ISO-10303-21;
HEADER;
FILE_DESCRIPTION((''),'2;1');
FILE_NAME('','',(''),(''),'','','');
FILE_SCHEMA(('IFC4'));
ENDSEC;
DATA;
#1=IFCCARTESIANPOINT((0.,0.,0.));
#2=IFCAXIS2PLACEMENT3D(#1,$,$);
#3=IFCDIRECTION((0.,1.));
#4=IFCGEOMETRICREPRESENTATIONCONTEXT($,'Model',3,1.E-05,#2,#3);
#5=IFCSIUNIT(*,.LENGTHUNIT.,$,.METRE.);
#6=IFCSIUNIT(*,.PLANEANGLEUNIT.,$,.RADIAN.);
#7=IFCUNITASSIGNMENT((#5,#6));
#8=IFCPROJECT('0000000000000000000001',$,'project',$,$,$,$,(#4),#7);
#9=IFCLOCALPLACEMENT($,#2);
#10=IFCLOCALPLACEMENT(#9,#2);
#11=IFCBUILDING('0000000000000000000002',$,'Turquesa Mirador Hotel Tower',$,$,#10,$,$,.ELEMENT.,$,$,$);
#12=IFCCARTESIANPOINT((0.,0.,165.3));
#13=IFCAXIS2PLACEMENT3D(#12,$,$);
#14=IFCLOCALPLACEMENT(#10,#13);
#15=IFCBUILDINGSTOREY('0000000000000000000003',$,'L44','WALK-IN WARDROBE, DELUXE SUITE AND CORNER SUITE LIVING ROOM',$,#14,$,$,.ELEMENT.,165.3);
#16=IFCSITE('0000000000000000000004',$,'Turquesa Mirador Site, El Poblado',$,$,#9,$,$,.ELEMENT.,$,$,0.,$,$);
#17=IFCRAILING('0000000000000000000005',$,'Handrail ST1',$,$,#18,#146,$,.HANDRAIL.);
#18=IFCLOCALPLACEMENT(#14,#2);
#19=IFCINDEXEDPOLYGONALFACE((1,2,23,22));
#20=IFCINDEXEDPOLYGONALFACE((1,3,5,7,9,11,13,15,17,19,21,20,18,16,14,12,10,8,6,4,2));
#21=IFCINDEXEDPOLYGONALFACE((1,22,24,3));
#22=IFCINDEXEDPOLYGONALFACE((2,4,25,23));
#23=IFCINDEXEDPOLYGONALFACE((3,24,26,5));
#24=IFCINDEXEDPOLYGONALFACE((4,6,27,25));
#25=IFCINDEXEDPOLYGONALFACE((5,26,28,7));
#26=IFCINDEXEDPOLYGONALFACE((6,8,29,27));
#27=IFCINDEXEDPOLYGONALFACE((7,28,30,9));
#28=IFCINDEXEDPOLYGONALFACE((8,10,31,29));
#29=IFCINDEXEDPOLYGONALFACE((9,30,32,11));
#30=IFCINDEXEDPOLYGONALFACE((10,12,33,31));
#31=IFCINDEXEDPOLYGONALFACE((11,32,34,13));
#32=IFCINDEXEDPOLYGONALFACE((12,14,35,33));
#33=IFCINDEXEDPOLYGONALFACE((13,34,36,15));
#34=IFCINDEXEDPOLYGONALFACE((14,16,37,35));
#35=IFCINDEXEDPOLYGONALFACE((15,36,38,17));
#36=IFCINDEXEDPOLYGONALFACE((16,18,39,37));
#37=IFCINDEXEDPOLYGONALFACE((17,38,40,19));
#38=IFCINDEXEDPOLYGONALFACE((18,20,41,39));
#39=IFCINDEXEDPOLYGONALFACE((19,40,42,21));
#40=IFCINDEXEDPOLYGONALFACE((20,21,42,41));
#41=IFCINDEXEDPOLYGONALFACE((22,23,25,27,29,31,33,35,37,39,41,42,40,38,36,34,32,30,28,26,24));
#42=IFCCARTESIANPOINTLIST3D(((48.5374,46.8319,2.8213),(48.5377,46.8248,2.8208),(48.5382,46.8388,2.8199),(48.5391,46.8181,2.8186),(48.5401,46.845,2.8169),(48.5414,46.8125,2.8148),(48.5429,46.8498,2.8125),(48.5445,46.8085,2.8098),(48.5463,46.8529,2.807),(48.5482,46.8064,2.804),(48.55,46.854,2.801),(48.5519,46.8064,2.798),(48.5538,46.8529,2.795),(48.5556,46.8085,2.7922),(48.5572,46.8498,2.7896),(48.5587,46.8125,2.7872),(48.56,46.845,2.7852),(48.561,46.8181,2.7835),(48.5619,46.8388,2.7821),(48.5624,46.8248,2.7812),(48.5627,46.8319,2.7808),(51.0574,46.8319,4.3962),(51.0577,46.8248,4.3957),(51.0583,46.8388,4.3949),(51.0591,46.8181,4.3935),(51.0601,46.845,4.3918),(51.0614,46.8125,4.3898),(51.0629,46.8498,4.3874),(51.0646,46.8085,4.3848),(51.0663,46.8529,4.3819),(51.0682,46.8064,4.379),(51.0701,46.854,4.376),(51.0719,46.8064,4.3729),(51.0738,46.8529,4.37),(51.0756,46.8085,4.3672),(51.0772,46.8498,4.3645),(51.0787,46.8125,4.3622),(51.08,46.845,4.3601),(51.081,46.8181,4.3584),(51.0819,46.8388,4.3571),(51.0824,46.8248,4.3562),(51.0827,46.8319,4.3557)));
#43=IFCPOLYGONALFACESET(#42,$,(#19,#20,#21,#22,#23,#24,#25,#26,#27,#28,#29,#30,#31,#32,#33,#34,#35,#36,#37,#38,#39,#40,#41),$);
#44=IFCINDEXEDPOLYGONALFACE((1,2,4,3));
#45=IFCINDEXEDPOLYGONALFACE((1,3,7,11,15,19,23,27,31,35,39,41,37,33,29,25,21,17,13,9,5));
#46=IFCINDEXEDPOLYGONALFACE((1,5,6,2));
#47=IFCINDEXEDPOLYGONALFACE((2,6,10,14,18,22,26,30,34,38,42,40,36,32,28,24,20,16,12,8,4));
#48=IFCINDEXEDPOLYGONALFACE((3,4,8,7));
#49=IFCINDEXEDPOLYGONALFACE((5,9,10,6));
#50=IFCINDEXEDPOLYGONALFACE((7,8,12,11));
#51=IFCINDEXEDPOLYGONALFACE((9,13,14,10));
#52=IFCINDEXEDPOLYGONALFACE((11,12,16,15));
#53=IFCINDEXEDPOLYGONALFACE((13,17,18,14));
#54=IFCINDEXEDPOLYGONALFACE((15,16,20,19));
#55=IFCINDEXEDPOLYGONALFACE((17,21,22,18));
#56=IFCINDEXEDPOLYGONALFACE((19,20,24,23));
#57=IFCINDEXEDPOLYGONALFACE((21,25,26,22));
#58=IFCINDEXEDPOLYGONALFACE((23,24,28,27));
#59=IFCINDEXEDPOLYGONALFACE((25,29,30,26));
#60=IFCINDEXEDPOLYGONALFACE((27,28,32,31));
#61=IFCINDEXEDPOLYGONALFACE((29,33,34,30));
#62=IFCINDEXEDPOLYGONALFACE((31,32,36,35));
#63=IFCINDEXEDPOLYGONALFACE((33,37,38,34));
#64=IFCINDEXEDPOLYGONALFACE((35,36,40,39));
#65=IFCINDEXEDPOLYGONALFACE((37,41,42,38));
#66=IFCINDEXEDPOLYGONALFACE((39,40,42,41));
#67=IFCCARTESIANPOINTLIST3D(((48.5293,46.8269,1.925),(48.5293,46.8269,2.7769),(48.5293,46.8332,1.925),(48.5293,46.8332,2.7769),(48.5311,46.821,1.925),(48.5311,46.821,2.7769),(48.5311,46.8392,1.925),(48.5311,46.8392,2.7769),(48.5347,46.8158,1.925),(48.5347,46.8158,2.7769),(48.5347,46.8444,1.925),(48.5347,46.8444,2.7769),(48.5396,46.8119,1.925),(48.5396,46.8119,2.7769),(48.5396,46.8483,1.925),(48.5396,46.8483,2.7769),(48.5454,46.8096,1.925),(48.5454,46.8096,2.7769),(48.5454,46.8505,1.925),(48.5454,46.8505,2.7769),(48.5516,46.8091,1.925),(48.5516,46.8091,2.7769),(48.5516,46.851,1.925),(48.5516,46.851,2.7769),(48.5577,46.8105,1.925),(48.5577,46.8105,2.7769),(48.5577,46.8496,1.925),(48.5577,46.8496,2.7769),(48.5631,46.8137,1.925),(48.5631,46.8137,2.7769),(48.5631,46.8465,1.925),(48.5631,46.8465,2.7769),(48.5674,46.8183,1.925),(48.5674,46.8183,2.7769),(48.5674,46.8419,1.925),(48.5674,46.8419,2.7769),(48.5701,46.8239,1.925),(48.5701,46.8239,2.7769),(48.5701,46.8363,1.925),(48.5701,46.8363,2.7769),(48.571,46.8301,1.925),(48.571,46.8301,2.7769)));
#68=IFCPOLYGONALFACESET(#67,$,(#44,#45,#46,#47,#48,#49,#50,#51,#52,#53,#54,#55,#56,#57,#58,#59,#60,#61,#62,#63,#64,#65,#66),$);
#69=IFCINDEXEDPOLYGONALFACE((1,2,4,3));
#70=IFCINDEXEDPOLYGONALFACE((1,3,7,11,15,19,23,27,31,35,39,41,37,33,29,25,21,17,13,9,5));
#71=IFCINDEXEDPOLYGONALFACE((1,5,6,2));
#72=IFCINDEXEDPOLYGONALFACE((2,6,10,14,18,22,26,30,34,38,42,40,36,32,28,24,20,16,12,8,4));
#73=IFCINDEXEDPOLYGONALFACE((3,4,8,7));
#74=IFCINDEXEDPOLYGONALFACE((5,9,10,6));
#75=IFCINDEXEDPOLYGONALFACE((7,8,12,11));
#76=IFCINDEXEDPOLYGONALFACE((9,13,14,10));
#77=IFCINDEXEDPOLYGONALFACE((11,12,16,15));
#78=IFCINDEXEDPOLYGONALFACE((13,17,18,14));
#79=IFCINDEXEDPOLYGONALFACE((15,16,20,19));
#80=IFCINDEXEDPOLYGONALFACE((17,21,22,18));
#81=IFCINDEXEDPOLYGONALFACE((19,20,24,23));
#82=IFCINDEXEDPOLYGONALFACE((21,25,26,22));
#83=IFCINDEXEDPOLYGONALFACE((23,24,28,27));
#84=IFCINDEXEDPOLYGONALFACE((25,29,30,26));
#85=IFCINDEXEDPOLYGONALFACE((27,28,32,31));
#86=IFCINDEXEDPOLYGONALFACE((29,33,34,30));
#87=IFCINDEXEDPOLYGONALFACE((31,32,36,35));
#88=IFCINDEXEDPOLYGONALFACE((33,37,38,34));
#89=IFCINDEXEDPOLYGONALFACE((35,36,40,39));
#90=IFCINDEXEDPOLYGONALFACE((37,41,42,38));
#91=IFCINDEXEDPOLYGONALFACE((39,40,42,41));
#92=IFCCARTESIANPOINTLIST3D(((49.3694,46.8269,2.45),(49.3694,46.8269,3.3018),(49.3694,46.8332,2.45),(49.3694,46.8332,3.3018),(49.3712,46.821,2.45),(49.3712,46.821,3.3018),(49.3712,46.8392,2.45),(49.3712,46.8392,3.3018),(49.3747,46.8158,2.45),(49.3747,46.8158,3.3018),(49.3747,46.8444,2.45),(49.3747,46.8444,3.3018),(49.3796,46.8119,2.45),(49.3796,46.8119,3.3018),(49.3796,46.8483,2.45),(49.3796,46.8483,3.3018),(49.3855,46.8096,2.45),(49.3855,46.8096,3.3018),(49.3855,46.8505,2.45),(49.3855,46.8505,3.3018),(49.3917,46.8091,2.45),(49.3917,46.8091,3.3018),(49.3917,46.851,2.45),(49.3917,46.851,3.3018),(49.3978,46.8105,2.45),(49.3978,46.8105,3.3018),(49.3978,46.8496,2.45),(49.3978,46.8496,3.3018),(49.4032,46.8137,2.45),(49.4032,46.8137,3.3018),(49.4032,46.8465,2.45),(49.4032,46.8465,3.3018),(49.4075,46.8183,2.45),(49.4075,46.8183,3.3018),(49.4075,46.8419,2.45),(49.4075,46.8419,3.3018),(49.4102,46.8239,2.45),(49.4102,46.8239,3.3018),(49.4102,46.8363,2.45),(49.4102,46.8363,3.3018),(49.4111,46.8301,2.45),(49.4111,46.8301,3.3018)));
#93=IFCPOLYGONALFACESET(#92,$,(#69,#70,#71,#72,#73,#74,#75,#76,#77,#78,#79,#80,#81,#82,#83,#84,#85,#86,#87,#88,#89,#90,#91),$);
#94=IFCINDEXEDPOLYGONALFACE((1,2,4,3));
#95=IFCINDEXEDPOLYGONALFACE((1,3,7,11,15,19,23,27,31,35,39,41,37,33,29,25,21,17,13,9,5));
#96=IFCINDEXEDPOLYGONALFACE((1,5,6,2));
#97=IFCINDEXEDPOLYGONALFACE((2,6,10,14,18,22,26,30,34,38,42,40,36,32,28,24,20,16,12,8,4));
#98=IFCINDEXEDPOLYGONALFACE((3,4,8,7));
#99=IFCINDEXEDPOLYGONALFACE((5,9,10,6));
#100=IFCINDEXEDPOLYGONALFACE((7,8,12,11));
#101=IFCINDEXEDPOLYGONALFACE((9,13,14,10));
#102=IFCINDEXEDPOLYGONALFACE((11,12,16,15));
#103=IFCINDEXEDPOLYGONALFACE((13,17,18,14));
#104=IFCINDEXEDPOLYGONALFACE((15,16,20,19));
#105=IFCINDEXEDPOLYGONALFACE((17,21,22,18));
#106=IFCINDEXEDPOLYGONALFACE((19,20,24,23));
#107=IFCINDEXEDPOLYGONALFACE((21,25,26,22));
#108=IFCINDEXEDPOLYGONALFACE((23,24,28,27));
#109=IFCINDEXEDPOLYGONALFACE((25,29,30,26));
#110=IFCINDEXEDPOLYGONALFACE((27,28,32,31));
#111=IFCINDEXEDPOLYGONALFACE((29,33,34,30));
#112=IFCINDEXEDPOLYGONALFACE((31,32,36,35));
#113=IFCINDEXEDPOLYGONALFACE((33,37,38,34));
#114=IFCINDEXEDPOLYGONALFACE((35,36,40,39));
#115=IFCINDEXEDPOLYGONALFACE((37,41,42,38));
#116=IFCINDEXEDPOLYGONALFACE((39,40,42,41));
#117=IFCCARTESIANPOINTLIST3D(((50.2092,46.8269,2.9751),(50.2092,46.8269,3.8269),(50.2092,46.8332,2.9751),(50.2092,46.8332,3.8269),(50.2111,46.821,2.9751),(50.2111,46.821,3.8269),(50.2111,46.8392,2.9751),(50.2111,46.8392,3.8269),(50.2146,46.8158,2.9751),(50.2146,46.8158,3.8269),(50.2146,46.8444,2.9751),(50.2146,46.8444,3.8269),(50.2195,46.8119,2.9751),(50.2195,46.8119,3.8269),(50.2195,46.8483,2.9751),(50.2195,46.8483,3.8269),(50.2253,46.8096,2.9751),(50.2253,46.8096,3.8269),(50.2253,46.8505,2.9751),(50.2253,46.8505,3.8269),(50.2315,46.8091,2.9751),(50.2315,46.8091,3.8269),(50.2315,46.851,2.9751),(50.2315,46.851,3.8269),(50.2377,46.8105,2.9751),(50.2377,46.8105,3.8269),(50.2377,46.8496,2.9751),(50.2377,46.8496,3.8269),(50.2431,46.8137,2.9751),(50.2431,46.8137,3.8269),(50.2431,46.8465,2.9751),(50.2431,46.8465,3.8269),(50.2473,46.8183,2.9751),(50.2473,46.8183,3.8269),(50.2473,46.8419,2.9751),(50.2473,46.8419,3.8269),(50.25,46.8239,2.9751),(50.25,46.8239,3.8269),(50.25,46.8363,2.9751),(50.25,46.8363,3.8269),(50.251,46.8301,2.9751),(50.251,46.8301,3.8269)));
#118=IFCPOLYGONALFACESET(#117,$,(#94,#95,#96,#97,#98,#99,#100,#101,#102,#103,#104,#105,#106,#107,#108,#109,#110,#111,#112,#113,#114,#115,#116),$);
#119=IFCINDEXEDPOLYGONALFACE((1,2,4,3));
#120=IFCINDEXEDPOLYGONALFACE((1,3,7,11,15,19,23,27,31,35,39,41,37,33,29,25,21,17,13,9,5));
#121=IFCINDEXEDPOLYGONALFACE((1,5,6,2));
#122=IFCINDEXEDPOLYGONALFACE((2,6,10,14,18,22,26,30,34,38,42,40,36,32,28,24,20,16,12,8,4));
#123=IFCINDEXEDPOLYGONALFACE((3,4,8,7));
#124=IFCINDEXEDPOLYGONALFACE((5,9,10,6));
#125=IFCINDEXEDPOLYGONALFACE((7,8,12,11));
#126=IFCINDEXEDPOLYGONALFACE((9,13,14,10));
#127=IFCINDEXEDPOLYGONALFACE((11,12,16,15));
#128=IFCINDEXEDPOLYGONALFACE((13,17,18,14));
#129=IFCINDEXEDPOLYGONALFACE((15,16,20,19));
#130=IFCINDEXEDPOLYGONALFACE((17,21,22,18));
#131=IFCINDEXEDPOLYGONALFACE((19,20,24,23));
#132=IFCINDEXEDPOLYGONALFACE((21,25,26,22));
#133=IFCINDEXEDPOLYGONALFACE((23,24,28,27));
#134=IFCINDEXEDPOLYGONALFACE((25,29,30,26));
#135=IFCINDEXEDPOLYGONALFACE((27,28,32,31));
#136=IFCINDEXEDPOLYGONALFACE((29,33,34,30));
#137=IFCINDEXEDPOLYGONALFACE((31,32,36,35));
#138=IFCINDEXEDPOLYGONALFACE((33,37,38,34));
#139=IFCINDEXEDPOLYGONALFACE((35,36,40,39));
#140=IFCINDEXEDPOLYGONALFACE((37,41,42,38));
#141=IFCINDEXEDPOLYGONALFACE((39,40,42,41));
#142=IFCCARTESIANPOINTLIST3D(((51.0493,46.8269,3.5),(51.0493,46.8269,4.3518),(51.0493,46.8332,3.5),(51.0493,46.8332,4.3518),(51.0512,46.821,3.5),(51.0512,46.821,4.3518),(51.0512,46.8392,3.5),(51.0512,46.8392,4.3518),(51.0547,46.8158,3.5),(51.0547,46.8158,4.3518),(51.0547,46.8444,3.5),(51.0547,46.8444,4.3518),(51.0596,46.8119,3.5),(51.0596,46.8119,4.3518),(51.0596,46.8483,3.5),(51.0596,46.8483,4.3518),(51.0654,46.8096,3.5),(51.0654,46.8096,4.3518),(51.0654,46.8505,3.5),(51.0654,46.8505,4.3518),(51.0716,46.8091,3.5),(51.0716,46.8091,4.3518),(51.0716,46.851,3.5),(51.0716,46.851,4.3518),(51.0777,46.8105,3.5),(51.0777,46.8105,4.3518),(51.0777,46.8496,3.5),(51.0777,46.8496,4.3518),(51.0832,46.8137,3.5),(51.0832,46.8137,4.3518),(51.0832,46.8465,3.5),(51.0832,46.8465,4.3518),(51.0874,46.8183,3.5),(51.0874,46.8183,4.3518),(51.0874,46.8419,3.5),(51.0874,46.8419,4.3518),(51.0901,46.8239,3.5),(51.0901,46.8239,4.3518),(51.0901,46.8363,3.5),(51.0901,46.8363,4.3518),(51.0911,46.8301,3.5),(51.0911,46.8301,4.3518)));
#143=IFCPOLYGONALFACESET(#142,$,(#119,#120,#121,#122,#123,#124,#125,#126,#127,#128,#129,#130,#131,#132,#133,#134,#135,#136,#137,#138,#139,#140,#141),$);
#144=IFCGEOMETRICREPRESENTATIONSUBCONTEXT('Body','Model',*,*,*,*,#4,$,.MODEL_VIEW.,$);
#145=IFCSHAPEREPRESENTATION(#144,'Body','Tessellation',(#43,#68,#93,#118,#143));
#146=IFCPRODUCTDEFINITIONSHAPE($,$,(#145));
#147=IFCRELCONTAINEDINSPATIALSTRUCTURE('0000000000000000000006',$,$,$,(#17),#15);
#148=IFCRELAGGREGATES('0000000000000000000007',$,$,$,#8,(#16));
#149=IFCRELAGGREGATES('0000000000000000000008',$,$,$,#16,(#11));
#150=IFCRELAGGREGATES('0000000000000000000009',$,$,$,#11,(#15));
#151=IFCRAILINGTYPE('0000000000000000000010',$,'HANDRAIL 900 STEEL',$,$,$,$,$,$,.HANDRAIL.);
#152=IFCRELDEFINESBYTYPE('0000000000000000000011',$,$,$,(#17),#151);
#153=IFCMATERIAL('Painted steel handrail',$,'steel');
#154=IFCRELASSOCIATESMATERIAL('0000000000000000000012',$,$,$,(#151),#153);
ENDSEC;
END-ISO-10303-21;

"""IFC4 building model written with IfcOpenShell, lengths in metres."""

from ifc_helpers import new_model, si_unit, direction, frame, origin, origin_2d, place, context, subcontext, project, spatial, circle, extrude, material, type_object, element, save


model = new_model("IFC4")

# Units and contexts
model_context = context("Model", 3, precision=1e-05, world=origin(), true_north=direction((0.0, 1.0)))
body_context = subcontext(model_context, "Body", "Model", "MODEL_VIEW")
ifc_project = project(units=[si_unit("LENGTHUNIT", "METRE"), si_unit("PLANEANGLEUNIT", "RADIAN")], contexts=[model_context])

# Site, building, storey
site_placement = place(None, origin())
site = spatial("IfcSite", under=ifc_project, at=site_placement, Name="Turquesa Mirador Site, El Poblado", CompositionType="ELEMENT", RefElevation=0.0)
building_placement = place(site_placement, origin())
building = spatial("IfcBuilding", under=site, at=building_placement, Name="Turquesa Mirador Hotel Tower", CompositionType="ELEMENT")
storey_placement = place(building_placement, frame((0.0, 0.0, 165.3)))
storey = spatial("IfcBuildingStorey", under=building, at=storey_placement, Name="L44", Description="WALK-IN WARDROBE, DELUXE SUITE AND CORNER SUITE LIVING ROOM", CompositionType="ELEMENT", Elevation=165.3)

# Railing
ifc_material_1 = material(Name="Painted steel handrail", Category="steel")
railing_type = type_object("IfcRailingType", Name="HANDRAIL 900 STEEL", PredefinedType="HANDRAIL", material=ifc_material_1)
for number, where, name in (
    (1, (48.55, 46.8301, 1.925), "Handrail ST1"),
):
    element("IfcRailing", number, at=place(storey_placement, frame(where)), inside=storey, type_object=railing_type, Name=name, PredefinedType="HANDRAIL", context=body_context, shape_type="SweptSolid", body=[
        extrude(circle(Radius=0.0239, at=origin_2d()), frame((0.0, 0.0, 0.876), z_axis=(0.848008, 0.0, 0.529984), x_axis=(0.0, 1.0, 0.0)), (0.0, 0.0, 1.0), 2.9717),
        extrude(circle(Radius=0.021, at=origin_2d()), origin(), (0.0, 0.0, 1.0), 0.8518),
        extrude(circle(Radius=0.021, at=origin_2d()), frame((0.8401, 0.0, 0.5249)), (0.0, 0.0, 1.0), 0.8518),
        extrude(circle(Radius=0.021, at=origin_2d()), frame((1.6799, 0.0, 1.05)), (0.0, 0.0, 1.0), 0.8518),
        extrude(circle(Radius=0.021, at=origin_2d()), frame((2.52, 0.0, 1.575)), (0.0, 0.0, 1.0), 0.8518),
    ])

save(model, "model.ifc")
